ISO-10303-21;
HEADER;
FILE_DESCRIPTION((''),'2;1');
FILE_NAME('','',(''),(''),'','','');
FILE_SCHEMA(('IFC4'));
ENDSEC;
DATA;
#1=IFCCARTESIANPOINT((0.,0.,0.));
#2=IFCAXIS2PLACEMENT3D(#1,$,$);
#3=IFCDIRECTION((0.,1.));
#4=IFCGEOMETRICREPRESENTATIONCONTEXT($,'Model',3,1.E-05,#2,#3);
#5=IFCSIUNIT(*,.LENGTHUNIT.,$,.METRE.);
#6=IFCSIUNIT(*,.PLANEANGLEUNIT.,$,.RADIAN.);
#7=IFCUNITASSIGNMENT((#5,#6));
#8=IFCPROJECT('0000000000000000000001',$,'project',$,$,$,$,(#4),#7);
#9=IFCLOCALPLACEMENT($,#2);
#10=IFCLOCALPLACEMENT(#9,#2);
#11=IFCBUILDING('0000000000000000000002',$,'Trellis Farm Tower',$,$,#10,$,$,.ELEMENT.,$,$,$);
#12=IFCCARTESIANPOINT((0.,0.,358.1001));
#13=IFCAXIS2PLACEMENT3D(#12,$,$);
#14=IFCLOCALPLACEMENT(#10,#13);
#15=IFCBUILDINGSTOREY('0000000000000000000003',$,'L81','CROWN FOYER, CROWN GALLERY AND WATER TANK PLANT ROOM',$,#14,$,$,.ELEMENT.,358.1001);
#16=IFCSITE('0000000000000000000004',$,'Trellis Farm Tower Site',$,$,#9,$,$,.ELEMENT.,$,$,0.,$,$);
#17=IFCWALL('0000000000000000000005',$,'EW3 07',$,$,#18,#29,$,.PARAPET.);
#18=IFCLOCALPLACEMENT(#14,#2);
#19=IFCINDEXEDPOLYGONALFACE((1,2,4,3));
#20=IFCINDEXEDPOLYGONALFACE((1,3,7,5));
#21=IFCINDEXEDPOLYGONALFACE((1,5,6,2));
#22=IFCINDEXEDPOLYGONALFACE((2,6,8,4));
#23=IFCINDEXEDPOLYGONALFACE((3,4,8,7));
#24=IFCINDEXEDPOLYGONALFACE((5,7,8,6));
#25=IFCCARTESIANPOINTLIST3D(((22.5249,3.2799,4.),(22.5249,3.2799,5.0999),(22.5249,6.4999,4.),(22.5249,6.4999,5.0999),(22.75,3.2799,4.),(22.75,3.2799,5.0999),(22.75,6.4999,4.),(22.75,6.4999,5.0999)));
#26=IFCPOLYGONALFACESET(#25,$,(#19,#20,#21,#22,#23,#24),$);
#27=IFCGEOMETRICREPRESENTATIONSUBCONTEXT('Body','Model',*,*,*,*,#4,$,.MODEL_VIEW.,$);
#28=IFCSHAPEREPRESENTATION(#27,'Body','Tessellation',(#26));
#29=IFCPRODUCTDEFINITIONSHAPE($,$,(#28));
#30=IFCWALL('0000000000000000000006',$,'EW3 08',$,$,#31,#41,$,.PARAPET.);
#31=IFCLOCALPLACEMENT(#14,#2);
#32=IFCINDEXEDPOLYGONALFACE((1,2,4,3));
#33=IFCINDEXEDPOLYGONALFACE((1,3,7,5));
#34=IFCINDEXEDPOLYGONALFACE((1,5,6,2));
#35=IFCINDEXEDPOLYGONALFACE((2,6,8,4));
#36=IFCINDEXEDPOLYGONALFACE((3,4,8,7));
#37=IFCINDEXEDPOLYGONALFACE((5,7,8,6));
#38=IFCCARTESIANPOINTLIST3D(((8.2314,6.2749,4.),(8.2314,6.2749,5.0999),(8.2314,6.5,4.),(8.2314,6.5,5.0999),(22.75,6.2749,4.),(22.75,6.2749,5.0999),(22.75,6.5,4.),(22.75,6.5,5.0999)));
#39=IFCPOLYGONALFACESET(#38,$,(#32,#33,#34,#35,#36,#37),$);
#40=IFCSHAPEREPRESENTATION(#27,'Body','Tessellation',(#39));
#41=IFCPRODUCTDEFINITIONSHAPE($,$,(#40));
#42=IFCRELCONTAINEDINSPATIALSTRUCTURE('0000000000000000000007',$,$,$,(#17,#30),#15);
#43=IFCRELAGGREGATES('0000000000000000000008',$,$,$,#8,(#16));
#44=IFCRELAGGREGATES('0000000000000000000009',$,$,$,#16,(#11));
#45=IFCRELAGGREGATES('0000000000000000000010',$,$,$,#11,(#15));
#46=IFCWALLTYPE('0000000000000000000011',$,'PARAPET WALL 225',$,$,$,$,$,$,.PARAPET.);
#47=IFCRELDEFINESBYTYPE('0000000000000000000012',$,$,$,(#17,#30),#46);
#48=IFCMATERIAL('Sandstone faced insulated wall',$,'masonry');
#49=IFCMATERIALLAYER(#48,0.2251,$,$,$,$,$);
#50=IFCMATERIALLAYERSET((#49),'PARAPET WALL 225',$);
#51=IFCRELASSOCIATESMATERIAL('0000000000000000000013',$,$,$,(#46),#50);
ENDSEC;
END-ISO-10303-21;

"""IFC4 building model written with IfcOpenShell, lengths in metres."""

from ifc_helpers import new_model, si_unit, direction, frame, frame_2d, origin, place, context, subcontext, project, spatial, rectangle, extrude, source, transform, mapped, material, layer, layer_set, type_object, element, save


model = new_model("IFC4")

# Units and contexts
model_context = context("Model", 3, precision=1e-05, world=origin(), true_north=direction((0.0, 1.0)))
body_context = subcontext(model_context, "Body", "Model", "MODEL_VIEW")
ifc_project = project(units=[si_unit("LENGTHUNIT", "METRE"), si_unit("PLANEANGLEUNIT", "RADIAN")], contexts=[model_context])

# Site, building, storey
site_placement = place(None, origin())
site = spatial("IfcSite", under=ifc_project, at=site_placement, Name="Trellis Farm Tower Site", CompositionType="ELEMENT", RefElevation=0.0)
building_placement = place(site_placement, origin())
building = spatial("IfcBuilding", under=site, at=building_placement, Name="Trellis Farm Tower", CompositionType="ELEMENT")
storey_placement = place(building_placement, frame((0.0, 0.0, 358.1001)))
storey = spatial("IfcBuildingStorey", under=building, at=storey_placement, Name="L81", Description="CROWN FOYER, CROWN GALLERY AND WATER TANK PLANT ROOM", CompositionType="ELEMENT", Elevation=358.1001)

# Walls
ifc_material_1 = material(Name="Sandstone faced insulated wall", Category="masonry")
ifc_layer_1 = layer(ifc_material_1, 0.2251)
ifc_layer_set_1 = layer_set([ifc_layer_1], Name="PARAPET WALL 225")
wall_type_1 = type_object("IfcWallType", Name="PARAPET WALL 225", PredefinedType="PARAPET", material=ifc_layer_set_1)
shared_shape_1 = source(origin(), body_context, "Body", "SweptSolid", [
    extrude(rectangle(XDim=3.22, YDim=0.2251, at=frame_2d((1.6099, 0.0))), origin(), (0.0, 0.0, 1.0), 1.0999),
])
wall_1_placement = place(storey_placement, frame((22.6375, 3.28, 4.0), z_axis=(0.0, 0.0, 1.0), x_axis=(0.0, 1.0, 0.0)))
element("IfcWall", 1, at=wall_1_placement, inside=storey, type_object=wall_type_1, Name="EW3 07", PredefinedType="PARAPET", context=body_context, shape_type="MappedRepresentation", body=[
    mapped(shared_shape_1, transform((0.0, 0.0, 0.0))),
])
shared_shape_2 = source(origin(), body_context, "Body", "SweptSolid", [
    extrude(rectangle(XDim=14.5186, YDim=0.2251, at=frame_2d((7.2593, 0.0))), origin(), (0.0, 0.0, 1.0), 1.0999),
])
wall_2_placement = place(storey_placement, frame((22.75, 6.3875, 4.0), z_axis=(0.0, 0.0, 1.0), x_axis=(-1.0, 0.0, 0.0)))
element("IfcWall", 2, at=wall_2_placement, inside=storey, type_object=wall_type_1, Name="EW3 08", PredefinedType="PARAPET", context=body_context, shape_type="MappedRepresentation", body=[
    mapped(shared_shape_2, transform((0.0, 0.0, 0.0))),
])

save(model, "model.ifc")
